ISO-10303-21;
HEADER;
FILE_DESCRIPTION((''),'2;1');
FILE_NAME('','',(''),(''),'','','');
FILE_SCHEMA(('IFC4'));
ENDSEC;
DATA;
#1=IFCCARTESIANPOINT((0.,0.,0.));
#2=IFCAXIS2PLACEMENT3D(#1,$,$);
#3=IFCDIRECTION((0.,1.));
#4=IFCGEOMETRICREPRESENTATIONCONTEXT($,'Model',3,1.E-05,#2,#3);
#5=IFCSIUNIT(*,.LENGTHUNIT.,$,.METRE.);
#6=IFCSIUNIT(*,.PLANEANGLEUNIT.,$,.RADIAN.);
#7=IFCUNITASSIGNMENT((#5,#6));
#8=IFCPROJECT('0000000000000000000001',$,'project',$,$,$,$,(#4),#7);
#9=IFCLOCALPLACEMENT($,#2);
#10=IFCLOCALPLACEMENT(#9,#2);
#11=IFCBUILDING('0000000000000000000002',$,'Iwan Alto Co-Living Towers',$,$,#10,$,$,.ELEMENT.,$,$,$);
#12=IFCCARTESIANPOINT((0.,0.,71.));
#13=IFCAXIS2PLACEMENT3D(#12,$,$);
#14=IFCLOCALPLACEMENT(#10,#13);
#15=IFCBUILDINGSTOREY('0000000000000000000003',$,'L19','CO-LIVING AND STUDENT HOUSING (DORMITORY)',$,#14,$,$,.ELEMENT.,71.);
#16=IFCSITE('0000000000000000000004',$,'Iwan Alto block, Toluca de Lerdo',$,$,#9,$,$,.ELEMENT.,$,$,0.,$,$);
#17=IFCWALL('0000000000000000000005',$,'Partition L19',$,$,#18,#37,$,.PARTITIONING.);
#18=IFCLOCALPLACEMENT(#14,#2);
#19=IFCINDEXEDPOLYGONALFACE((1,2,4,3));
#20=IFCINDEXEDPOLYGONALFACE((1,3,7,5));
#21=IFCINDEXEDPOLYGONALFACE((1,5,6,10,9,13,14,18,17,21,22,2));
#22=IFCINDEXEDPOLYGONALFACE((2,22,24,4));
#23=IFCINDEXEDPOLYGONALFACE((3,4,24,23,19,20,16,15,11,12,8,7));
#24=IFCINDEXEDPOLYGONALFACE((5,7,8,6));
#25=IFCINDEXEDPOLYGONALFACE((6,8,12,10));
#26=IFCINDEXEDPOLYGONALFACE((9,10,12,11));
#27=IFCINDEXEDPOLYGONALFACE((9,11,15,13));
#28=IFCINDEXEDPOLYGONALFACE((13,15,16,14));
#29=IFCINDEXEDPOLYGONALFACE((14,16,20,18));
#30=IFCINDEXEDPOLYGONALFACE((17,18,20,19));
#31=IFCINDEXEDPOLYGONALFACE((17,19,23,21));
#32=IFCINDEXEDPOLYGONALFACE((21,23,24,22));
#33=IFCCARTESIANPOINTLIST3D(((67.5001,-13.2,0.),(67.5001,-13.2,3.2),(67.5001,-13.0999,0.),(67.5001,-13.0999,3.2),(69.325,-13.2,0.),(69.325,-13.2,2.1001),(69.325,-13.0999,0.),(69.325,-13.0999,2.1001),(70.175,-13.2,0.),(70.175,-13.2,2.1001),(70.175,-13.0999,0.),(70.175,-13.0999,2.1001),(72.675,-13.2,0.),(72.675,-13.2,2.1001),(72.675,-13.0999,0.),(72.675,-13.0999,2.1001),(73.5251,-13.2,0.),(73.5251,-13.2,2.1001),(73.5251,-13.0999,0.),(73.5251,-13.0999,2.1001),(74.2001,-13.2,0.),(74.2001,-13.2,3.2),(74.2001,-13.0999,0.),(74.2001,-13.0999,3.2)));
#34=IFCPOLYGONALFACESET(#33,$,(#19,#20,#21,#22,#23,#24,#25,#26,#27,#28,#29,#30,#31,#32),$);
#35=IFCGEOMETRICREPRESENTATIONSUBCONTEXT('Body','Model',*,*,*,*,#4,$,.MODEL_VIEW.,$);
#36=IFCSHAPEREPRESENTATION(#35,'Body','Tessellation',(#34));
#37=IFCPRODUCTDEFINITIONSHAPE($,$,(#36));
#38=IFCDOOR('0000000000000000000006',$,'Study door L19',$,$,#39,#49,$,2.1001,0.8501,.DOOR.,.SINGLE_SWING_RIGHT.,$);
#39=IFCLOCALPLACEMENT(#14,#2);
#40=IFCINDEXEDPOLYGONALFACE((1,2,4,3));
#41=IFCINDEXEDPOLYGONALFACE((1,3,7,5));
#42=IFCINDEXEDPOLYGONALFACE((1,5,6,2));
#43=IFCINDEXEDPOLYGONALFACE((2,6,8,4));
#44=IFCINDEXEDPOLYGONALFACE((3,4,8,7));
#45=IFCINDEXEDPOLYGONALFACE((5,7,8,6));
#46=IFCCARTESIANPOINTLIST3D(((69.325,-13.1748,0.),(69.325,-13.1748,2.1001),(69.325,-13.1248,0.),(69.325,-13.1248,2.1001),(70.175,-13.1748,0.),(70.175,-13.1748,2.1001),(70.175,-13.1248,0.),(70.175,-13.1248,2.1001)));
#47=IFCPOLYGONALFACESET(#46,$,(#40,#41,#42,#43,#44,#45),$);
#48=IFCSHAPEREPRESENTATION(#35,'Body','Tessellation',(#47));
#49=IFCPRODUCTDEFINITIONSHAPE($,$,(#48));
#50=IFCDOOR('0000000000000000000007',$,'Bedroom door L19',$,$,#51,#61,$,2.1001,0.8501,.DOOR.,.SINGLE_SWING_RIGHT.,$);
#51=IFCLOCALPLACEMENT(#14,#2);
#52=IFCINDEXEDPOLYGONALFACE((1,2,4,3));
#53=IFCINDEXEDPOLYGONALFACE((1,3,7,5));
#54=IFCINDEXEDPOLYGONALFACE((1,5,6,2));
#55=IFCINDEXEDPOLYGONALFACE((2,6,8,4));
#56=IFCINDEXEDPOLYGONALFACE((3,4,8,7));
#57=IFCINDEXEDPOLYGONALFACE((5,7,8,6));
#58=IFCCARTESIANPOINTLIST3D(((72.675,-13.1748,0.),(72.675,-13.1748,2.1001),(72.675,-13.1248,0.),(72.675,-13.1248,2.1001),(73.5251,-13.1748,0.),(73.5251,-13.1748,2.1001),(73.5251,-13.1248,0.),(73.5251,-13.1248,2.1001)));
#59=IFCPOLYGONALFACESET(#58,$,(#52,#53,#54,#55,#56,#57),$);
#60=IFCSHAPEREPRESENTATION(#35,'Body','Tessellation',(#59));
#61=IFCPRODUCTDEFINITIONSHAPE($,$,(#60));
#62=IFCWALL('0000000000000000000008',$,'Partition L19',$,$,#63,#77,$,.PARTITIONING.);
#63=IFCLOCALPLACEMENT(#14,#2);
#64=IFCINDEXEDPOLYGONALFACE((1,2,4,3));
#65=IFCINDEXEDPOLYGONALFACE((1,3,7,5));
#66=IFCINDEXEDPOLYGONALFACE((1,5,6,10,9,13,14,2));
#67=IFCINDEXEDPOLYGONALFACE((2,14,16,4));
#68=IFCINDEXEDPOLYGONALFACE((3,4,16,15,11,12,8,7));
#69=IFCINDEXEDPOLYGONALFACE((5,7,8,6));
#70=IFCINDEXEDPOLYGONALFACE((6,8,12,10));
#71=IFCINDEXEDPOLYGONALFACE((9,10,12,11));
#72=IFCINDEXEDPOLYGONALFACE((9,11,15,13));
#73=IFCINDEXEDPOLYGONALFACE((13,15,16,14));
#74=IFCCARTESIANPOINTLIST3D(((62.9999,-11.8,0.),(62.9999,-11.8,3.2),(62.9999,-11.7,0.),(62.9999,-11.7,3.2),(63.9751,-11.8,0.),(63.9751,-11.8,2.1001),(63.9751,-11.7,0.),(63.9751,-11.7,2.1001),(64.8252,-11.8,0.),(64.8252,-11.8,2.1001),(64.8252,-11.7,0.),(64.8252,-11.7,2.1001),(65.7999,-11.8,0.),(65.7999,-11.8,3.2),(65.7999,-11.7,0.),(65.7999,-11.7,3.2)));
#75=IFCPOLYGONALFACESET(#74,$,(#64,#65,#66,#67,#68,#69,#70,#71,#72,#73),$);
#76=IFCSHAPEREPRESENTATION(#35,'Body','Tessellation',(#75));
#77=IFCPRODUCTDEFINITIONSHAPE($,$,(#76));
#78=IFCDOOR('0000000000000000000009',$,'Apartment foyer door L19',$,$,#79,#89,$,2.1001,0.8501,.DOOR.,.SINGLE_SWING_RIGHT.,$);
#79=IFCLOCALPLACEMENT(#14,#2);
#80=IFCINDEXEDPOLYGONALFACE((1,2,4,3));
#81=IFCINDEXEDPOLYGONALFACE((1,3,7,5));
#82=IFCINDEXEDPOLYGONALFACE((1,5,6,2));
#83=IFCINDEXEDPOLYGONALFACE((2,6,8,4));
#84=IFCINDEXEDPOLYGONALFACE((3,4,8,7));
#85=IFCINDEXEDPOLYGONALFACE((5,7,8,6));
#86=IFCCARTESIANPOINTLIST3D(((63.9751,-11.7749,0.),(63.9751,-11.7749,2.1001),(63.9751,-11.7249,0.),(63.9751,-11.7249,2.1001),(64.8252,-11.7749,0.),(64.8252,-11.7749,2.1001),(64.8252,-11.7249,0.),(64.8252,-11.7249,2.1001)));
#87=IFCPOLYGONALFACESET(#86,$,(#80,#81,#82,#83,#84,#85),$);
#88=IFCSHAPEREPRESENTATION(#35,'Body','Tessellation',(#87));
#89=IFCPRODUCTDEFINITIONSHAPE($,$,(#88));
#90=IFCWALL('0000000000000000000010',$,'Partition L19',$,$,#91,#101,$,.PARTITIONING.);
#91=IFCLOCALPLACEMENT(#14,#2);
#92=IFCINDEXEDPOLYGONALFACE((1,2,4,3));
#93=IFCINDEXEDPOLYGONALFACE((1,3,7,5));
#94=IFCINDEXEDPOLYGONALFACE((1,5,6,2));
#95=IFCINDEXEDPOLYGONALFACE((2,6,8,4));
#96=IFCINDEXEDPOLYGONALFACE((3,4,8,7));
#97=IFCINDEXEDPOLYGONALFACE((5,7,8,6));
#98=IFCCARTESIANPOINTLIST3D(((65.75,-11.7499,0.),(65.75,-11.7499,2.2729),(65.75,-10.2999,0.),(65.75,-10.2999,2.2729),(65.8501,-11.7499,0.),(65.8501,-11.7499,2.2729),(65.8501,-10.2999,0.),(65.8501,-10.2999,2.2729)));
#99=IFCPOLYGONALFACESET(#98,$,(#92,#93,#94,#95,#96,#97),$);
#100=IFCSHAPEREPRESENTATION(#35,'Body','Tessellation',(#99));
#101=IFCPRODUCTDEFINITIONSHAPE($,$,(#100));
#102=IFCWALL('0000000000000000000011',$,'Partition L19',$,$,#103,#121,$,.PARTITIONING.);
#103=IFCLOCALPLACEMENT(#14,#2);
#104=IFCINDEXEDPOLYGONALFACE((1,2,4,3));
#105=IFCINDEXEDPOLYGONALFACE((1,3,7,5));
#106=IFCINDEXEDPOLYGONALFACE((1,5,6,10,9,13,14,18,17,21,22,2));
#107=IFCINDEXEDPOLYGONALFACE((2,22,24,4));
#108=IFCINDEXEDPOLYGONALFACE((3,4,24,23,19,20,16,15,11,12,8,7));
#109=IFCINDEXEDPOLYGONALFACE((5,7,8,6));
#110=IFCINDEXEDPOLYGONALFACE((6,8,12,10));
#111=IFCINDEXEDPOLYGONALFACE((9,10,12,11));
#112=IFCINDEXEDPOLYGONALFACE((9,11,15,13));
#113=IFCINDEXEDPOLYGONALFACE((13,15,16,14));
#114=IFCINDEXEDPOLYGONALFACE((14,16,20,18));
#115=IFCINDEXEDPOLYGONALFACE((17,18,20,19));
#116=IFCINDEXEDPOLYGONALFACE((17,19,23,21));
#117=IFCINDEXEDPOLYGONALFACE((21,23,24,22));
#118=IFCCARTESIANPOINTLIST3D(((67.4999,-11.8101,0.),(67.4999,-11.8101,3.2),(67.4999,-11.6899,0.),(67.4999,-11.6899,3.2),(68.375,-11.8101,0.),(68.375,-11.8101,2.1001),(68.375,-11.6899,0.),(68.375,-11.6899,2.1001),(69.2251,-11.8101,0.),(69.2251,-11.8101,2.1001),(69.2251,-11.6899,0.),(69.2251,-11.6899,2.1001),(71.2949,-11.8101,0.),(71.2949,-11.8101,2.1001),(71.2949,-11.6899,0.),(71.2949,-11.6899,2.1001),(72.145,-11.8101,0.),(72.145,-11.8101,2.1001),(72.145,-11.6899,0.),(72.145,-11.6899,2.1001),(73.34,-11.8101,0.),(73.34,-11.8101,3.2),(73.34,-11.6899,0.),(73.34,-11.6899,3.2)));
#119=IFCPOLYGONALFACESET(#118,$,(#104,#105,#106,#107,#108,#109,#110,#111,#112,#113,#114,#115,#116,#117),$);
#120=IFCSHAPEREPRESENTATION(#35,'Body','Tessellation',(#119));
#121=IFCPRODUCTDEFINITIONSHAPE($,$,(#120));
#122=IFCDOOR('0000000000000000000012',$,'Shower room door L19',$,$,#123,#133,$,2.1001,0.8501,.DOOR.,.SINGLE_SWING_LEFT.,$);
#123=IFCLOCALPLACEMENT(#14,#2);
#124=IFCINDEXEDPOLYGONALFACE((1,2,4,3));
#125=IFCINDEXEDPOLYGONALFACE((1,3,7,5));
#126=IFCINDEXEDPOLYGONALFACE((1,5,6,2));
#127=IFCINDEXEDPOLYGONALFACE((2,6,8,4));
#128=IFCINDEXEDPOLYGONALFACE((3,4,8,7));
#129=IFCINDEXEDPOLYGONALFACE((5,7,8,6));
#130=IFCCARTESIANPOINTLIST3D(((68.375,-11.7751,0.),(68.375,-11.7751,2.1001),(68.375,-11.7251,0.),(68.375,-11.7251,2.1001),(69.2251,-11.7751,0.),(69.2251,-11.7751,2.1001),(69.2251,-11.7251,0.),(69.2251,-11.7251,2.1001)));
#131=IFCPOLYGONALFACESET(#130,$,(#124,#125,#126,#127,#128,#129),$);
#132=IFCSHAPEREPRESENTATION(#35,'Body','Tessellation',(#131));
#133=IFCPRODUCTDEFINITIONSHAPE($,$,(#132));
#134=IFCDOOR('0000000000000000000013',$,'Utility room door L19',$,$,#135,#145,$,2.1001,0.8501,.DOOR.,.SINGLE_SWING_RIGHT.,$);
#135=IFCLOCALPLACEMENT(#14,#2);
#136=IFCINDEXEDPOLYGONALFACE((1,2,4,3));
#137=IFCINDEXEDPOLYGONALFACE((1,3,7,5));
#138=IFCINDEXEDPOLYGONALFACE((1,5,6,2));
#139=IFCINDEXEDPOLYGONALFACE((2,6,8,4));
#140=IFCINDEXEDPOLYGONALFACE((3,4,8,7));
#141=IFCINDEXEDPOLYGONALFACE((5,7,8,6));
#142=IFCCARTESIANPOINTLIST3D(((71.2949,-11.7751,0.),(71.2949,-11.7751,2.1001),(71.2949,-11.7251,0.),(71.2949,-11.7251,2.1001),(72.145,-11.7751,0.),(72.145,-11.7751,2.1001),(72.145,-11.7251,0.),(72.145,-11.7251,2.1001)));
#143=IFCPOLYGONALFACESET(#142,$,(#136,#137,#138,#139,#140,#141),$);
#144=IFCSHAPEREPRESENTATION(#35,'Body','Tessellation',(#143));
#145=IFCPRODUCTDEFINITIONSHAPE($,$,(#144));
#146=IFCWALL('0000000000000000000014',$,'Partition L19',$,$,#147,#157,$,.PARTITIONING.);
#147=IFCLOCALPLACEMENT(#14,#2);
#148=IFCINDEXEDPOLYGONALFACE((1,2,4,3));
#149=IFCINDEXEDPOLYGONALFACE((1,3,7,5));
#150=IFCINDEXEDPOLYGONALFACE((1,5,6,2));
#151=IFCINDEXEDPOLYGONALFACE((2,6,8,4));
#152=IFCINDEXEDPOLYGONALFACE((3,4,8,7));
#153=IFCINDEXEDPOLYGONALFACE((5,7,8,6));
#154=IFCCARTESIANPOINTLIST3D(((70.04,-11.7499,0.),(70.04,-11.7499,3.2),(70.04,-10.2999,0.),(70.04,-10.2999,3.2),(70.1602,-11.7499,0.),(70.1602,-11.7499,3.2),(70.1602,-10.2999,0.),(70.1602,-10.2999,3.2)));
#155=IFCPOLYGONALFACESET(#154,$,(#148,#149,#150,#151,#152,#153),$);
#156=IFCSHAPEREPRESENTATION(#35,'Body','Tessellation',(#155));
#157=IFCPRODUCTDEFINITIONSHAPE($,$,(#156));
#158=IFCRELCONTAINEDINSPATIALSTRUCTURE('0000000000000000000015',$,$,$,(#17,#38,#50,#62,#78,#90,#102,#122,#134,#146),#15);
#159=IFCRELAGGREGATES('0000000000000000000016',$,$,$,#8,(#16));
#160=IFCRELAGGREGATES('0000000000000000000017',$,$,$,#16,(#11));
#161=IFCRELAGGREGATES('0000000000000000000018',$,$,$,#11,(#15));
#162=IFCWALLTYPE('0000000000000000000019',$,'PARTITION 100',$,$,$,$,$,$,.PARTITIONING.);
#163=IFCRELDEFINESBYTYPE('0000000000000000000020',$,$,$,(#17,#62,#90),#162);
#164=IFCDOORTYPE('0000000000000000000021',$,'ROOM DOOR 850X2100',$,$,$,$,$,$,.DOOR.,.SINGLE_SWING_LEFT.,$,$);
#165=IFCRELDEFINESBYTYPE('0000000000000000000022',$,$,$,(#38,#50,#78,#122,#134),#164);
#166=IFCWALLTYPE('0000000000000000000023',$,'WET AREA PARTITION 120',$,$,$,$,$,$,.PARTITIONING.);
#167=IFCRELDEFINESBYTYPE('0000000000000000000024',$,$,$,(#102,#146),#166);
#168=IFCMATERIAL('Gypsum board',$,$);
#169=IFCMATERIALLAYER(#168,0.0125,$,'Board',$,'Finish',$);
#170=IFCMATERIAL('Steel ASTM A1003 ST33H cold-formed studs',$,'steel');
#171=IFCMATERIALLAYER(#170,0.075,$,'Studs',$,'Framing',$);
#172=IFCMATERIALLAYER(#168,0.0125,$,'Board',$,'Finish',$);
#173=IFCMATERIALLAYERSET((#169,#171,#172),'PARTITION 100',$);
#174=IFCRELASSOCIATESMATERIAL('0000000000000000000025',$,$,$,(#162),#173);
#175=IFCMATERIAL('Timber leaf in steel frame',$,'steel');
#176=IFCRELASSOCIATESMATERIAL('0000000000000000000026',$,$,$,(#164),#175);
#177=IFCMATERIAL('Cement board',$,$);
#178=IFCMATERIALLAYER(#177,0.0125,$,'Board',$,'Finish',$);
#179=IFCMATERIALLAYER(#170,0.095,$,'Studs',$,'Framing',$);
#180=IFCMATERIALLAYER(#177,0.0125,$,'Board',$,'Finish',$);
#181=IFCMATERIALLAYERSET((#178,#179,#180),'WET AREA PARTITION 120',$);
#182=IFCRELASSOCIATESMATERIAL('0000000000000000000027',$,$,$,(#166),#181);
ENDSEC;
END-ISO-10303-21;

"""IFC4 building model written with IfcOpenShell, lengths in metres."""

from ifc_helpers import new_model, si_unit, direction, frame, frame_2d, origin, place, context, subcontext, project, spatial, rectangle, extrude, material, layer, layer_set, type_object, element, fill, save


model = new_model("IFC4")

# Units and contexts
model_context = context("Model", 3, precision=1e-05, world=origin(), true_north=direction((0.0, 1.0)))
body_context = subcontext(model_context, "Body", "Model", "MODEL_VIEW")
ifc_project = project(units=[si_unit("LENGTHUNIT", "METRE"), si_unit("PLANEANGLEUNIT", "RADIAN")], contexts=[model_context])

# Site, building, storey
site_placement = place(None, origin())
site = spatial("IfcSite", under=ifc_project, at=site_placement, Name="Iwan Alto block, Toluca de Lerdo", CompositionType="ELEMENT", RefElevation=0.0)
building_placement = place(site_placement, origin())
building = spatial("IfcBuilding", under=site, at=building_placement, Name="Iwan Alto Co-Living Towers", CompositionType="ELEMENT")
storey_placement = place(building_placement, frame((0.0, 0.0, 71.0)))
storey = spatial("IfcBuildingStorey", under=building, at=storey_placement, Name="L19", Description="CO-LIVING AND STUDENT HOUSING (DORMITORY)", CompositionType="ELEMENT", Elevation=71.0)

# Shared definitions
ifc_material_1 = material(Name="Gypsum board")
ifc_material_2 = material(Name="Steel ASTM A1003 ST33H cold-formed studs", Category="steel")

# Wall, openings, doors
ifc_layer_1 = layer(ifc_material_1, 0.0125, Name="Board", Category="Finish")
ifc_layer_2 = layer(ifc_material_2, 0.075, Name="Studs", Category="Framing")
ifc_layer_3 = layer(ifc_material_1, 0.0125, Name="Board", Category="Finish")
ifc_layer_set_1 = layer_set([ifc_layer_1, ifc_layer_2, ifc_layer_3], Name="PARTITION 100")
wall_type_1 = type_object("IfcWallType", Name="PARTITION 100", PredefinedType="PARTITIONING", material=ifc_layer_set_1)
wall_1_placement = place(storey_placement, frame((67.5, -13.1499, 0.0), z_axis=(0.0, 0.0, 1.0), x_axis=(1.0, 0.0, 0.0)))
wall_1 = element("IfcWall", 1, at=wall_1_placement, inside=storey, type_object=wall_type_1, Name="Partition L19", PredefinedType="PARTITIONING", context=body_context, shape_type="SweptSolid", body=[
    extrude(rectangle(XDim=6.7, YDim=0.1001, at=frame_2d((3.3501, 0.0))), origin(), (0.0, 0.0, 1.0), 3.2),
])
opening_1_placement = place(wall_1_placement, frame((1.825, 0.0, 0.0)))
opening_1 = element("IfcOpeningElement", 2, at=opening_1_placement, cuts=wall_1, PredefinedType="OPENING", context=body_context, shape_type="SweptSolid", body=[
    extrude(rectangle(XDim=0.8501, YDim=2.1001, at=frame_2d((0.425, 1.05))), frame((0.0, 0.0601, 0.0), z_axis=(0.0, -1.0, 0.0), x_axis=(1.0, 0.0, 0.0)), (0.0, 0.0, 1.0), 0.1201),
])
opening_2_placement = place(wall_1_placement, frame((5.175, 0.0, 0.0)))
opening_2 = element("IfcOpeningElement", 3, at=opening_2_placement, cuts=wall_1, PredefinedType="OPENING", context=body_context, shape_type="SweptSolid", body=[
    extrude(rectangle(XDim=0.8501, YDim=2.1001, at=frame_2d((0.425, 1.05))), frame((0.0, 0.0601, 0.0), z_axis=(0.0, -1.0, 0.0), x_axis=(1.0, 0.0, 0.0)), (0.0, 0.0, 1.0), 0.1201),
])
ifc_material_3 = material(Name="Timber leaf in steel frame", Category="steel")
door_type_1 = type_object("IfcDoorType", Name="ROOM DOOR 850X2100", OperationType="SINGLE_SWING_LEFT", PredefinedType="DOOR", material=ifc_material_3)
door_1_placement = place(opening_1_placement, frame((0.8501, 0.0, 0.0), z_axis=(0.0, 0.0, 1.0), x_axis=(-1.0, 0.0, 0.0)))
door_1 = element("IfcDoor", 4, at=door_1_placement, inside=storey, type_object=door_type_1, Name="Study door L19", OperationType="SINGLE_SWING_RIGHT", OverallHeight=2.1001, OverallWidth=0.8501, PredefinedType="DOOR", context=body_context, shape_type="SweptSolid", body=[
    extrude(rectangle(XDim=0.8501, YDim=2.1001, at=frame_2d((0.425, 1.05))), frame((0.0, 0.0249, 0.0), z_axis=(0.0, -1.0, 0.0), x_axis=(1.0, 0.0, 0.0)), (0.0, 0.0, 1.0), 0.05),
])
fill(opening_1, door_1)
door_2_placement = place(opening_2_placement, frame((0.8501, 0.0, 0.0), z_axis=(0.0, 0.0, 1.0), x_axis=(-1.0, 0.0, 0.0)))
door_2 = element("IfcDoor", 5, at=door_2_placement, inside=storey, type_object=door_type_1, Name="Bedroom door L19", OperationType="SINGLE_SWING_RIGHT", OverallHeight=2.1001, OverallWidth=0.8501, PredefinedType="DOOR", context=body_context, shape_type="SweptSolid", body=[
    extrude(rectangle(XDim=0.8501, YDim=2.1001, at=frame_2d((0.425, 1.05))), frame((0.0, 0.0249, 0.0), z_axis=(0.0, -1.0, 0.0), x_axis=(1.0, 0.0, 0.0)), (0.0, 0.0, 1.0), 0.05),
])
fill(opening_2, door_2)

# Wall, opening, door
wall_2_placement = place(storey_placement, frame((63.0, -11.75, 0.0), z_axis=(0.0, 0.0, 1.0), x_axis=(1.0, 0.0, 0.0)))
wall_2 = element("IfcWall", 6, at=wall_2_placement, inside=storey, type_object=wall_type_1, Name="Partition L19", PredefinedType="PARTITIONING", context=body_context, shape_type="SweptSolid", body=[
    extrude(rectangle(XDim=2.8, YDim=0.1001, at=frame_2d((1.3999, 0.0))), origin(), (0.0, 0.0, 1.0), 3.2),
])
opening_3_placement = place(wall_2_placement, frame((0.9751, 0.0, 0.0)))
opening_3 = element("IfcOpeningElement", 7, at=opening_3_placement, cuts=wall_2, PredefinedType="OPENING", context=body_context, shape_type="SweptSolid", body=[
    extrude(rectangle(XDim=0.8501, YDim=2.1001, at=frame_2d((0.425, 1.05))), frame((0.0, 0.0601, 0.0), z_axis=(0.0, -1.0, 0.0), x_axis=(1.0, 0.0, 0.0)), (0.0, 0.0, 1.0), 0.1201),
])
door_3_placement = place(opening_3_placement, frame((0.8501, 0.0, 0.0), z_axis=(0.0, 0.0, 1.0), x_axis=(-1.0, 0.0, 0.0)))
door_3 = element("IfcDoor", 8, at=door_3_placement, inside=storey, type_object=door_type_1, Name="Apartment foyer door L19", OperationType="SINGLE_SWING_RIGHT", OverallHeight=2.1001, OverallWidth=0.8501, PredefinedType="DOOR", context=body_context, shape_type="SweptSolid", body=[
    extrude(rectangle(XDim=0.8501, YDim=2.1001, at=frame_2d((0.425, 1.05))), frame((0.0, 0.0249, 0.0), z_axis=(0.0, -1.0, 0.0), x_axis=(1.0, 0.0, 0.0)), (0.0, 0.0, 1.0), 0.05),
])
fill(opening_3, door_3)

# Wall
wall_3_placement = place(storey_placement, frame((65.8, -11.75, 0.0), z_axis=(0.0, 0.0, 1.0), x_axis=(0.0, 1.0, 0.0)))
element("IfcWall", 9, at=wall_3_placement, inside=storey, type_object=wall_type_1, Name="Partition L19", PredefinedType="PARTITIONING", context=body_context, shape_type="SweptSolid", body=[
    extrude(rectangle(XDim=1.45, YDim=0.1001, at=frame_2d((0.7251, 0.0))), origin(), (0.0, 0.0, 1.0), 2.2729),
])

# Wall, openings, doors
ifc_material_4 = material(Name="Cement board")
ifc_layer_4 = layer(ifc_material_4, 0.0125, Name="Board", Category="Finish")
ifc_layer_5 = layer(ifc_material_2, 0.095, Name="Studs", Category="Framing")
ifc_layer_6 = layer(ifc_material_4, 0.0125, Name="Board", Category="Finish")
ifc_layer_set_2 = layer_set([ifc_layer_4, ifc_layer_5, ifc_layer_6], Name="WET AREA PARTITION 120")
wall_type_2 = type_object("IfcWallType", Name="WET AREA PARTITION 120", PredefinedType="PARTITIONING", material=ifc_layer_set_2)
wall_4_placement = place(storey_placement, frame((67.5, -11.75, 0.0), z_axis=(0.0, 0.0, 1.0), x_axis=(1.0, 0.0, 0.0)))
wall_4 = element("IfcWall", 10, at=wall_4_placement, inside=storey, type_object=wall_type_2, Name="Partition L19", PredefinedType="PARTITIONING", context=body_context, shape_type="SweptSolid", body=[
    extrude(rectangle(XDim=5.8401, YDim=0.1201, at=frame_2d((2.9199, 0.0))), origin(), (0.0, 0.0, 1.0), 3.2),
])
opening_4_placement = place(wall_4_placement, frame((0.875, 0.0, 0.0)))
opening_4 = element("IfcOpeningElement", 11, at=opening_4_placement, cuts=wall_4, PredefinedType="OPENING", context=body_context, shape_type="SweptSolid", body=[
    extrude(rectangle(XDim=0.8501, YDim=2.1001, at=frame_2d((0.425, 1.05))), frame((0.0, 0.0701, 0.0), z_axis=(0.0, -1.0, 0.0), x_axis=(1.0, 0.0, 0.0)), (0.0, 0.0, 1.0), 0.1401),
])
opening_5_placement = place(wall_4_placement, frame((3.7949, 0.0, 0.0)))
opening_5 = element("IfcOpeningElement", 12, at=opening_5_placement, cuts=wall_4, PredefinedType="OPENING", context=body_context, shape_type="SweptSolid", body=[
    extrude(rectangle(XDim=0.8501, YDim=2.1001, at=frame_2d((0.425, 1.05))), frame((0.0, 0.0701, 0.0), z_axis=(0.0, -1.0, 0.0), x_axis=(1.0, 0.0, 0.0)), (0.0, 0.0, 1.0), 0.1401),
])
door_4_placement = place(opening_4_placement, origin())
door_4 = element("IfcDoor", 13, at=door_4_placement, inside=storey, type_object=door_type_1, Name="Shower room door L19", OperationType="SINGLE_SWING_LEFT", OverallHeight=2.1001, OverallWidth=0.8501, PredefinedType="DOOR", context=body_context, shape_type="SweptSolid", body=[
    extrude(rectangle(XDim=0.8501, YDim=2.1001, at=frame_2d((0.425, 1.05))), frame((0.0, 0.0249, 0.0), z_axis=(0.0, -1.0, 0.0), x_axis=(1.0, 0.0, 0.0)), (0.0, 0.0, 1.0), 0.05),
])
fill(opening_4, door_4)
door_5_placement = place(opening_5_placement, origin())
door_5 = element("IfcDoor", 14, at=door_5_placement, inside=storey, type_object=door_type_1, Name="Utility room door L19", OperationType="SINGLE_SWING_RIGHT", OverallHeight=2.1001, OverallWidth=0.8501, PredefinedType="DOOR", context=body_context, shape_type="SweptSolid", body=[
    extrude(rectangle(XDim=0.8501, YDim=2.1001, at=frame_2d((0.425, 1.05))), frame((0.0, 0.0249, 0.0), z_axis=(0.0, -1.0, 0.0), x_axis=(1.0, 0.0, 0.0)), (0.0, 0.0, 1.0), 0.05),
])
fill(opening_5, door_5)

# Wall
wall_5_placement = place(storey_placement, frame((70.1001, -11.75, 0.0), z_axis=(0.0, 0.0, 1.0), x_axis=(0.0, 1.0, 0.0)))
element("IfcWall", 15, at=wall_5_placement, inside=storey, type_object=wall_type_2, Name="Partition L19", PredefinedType="PARTITIONING", context=body_context, shape_type="SweptSolid", body=[
    extrude(rectangle(XDim=1.45, YDim=0.1201, at=frame_2d((0.7251, 0.0))), origin(), (0.0, 0.0, 1.0), 3.2),
])

save(model, "model.ifc")
